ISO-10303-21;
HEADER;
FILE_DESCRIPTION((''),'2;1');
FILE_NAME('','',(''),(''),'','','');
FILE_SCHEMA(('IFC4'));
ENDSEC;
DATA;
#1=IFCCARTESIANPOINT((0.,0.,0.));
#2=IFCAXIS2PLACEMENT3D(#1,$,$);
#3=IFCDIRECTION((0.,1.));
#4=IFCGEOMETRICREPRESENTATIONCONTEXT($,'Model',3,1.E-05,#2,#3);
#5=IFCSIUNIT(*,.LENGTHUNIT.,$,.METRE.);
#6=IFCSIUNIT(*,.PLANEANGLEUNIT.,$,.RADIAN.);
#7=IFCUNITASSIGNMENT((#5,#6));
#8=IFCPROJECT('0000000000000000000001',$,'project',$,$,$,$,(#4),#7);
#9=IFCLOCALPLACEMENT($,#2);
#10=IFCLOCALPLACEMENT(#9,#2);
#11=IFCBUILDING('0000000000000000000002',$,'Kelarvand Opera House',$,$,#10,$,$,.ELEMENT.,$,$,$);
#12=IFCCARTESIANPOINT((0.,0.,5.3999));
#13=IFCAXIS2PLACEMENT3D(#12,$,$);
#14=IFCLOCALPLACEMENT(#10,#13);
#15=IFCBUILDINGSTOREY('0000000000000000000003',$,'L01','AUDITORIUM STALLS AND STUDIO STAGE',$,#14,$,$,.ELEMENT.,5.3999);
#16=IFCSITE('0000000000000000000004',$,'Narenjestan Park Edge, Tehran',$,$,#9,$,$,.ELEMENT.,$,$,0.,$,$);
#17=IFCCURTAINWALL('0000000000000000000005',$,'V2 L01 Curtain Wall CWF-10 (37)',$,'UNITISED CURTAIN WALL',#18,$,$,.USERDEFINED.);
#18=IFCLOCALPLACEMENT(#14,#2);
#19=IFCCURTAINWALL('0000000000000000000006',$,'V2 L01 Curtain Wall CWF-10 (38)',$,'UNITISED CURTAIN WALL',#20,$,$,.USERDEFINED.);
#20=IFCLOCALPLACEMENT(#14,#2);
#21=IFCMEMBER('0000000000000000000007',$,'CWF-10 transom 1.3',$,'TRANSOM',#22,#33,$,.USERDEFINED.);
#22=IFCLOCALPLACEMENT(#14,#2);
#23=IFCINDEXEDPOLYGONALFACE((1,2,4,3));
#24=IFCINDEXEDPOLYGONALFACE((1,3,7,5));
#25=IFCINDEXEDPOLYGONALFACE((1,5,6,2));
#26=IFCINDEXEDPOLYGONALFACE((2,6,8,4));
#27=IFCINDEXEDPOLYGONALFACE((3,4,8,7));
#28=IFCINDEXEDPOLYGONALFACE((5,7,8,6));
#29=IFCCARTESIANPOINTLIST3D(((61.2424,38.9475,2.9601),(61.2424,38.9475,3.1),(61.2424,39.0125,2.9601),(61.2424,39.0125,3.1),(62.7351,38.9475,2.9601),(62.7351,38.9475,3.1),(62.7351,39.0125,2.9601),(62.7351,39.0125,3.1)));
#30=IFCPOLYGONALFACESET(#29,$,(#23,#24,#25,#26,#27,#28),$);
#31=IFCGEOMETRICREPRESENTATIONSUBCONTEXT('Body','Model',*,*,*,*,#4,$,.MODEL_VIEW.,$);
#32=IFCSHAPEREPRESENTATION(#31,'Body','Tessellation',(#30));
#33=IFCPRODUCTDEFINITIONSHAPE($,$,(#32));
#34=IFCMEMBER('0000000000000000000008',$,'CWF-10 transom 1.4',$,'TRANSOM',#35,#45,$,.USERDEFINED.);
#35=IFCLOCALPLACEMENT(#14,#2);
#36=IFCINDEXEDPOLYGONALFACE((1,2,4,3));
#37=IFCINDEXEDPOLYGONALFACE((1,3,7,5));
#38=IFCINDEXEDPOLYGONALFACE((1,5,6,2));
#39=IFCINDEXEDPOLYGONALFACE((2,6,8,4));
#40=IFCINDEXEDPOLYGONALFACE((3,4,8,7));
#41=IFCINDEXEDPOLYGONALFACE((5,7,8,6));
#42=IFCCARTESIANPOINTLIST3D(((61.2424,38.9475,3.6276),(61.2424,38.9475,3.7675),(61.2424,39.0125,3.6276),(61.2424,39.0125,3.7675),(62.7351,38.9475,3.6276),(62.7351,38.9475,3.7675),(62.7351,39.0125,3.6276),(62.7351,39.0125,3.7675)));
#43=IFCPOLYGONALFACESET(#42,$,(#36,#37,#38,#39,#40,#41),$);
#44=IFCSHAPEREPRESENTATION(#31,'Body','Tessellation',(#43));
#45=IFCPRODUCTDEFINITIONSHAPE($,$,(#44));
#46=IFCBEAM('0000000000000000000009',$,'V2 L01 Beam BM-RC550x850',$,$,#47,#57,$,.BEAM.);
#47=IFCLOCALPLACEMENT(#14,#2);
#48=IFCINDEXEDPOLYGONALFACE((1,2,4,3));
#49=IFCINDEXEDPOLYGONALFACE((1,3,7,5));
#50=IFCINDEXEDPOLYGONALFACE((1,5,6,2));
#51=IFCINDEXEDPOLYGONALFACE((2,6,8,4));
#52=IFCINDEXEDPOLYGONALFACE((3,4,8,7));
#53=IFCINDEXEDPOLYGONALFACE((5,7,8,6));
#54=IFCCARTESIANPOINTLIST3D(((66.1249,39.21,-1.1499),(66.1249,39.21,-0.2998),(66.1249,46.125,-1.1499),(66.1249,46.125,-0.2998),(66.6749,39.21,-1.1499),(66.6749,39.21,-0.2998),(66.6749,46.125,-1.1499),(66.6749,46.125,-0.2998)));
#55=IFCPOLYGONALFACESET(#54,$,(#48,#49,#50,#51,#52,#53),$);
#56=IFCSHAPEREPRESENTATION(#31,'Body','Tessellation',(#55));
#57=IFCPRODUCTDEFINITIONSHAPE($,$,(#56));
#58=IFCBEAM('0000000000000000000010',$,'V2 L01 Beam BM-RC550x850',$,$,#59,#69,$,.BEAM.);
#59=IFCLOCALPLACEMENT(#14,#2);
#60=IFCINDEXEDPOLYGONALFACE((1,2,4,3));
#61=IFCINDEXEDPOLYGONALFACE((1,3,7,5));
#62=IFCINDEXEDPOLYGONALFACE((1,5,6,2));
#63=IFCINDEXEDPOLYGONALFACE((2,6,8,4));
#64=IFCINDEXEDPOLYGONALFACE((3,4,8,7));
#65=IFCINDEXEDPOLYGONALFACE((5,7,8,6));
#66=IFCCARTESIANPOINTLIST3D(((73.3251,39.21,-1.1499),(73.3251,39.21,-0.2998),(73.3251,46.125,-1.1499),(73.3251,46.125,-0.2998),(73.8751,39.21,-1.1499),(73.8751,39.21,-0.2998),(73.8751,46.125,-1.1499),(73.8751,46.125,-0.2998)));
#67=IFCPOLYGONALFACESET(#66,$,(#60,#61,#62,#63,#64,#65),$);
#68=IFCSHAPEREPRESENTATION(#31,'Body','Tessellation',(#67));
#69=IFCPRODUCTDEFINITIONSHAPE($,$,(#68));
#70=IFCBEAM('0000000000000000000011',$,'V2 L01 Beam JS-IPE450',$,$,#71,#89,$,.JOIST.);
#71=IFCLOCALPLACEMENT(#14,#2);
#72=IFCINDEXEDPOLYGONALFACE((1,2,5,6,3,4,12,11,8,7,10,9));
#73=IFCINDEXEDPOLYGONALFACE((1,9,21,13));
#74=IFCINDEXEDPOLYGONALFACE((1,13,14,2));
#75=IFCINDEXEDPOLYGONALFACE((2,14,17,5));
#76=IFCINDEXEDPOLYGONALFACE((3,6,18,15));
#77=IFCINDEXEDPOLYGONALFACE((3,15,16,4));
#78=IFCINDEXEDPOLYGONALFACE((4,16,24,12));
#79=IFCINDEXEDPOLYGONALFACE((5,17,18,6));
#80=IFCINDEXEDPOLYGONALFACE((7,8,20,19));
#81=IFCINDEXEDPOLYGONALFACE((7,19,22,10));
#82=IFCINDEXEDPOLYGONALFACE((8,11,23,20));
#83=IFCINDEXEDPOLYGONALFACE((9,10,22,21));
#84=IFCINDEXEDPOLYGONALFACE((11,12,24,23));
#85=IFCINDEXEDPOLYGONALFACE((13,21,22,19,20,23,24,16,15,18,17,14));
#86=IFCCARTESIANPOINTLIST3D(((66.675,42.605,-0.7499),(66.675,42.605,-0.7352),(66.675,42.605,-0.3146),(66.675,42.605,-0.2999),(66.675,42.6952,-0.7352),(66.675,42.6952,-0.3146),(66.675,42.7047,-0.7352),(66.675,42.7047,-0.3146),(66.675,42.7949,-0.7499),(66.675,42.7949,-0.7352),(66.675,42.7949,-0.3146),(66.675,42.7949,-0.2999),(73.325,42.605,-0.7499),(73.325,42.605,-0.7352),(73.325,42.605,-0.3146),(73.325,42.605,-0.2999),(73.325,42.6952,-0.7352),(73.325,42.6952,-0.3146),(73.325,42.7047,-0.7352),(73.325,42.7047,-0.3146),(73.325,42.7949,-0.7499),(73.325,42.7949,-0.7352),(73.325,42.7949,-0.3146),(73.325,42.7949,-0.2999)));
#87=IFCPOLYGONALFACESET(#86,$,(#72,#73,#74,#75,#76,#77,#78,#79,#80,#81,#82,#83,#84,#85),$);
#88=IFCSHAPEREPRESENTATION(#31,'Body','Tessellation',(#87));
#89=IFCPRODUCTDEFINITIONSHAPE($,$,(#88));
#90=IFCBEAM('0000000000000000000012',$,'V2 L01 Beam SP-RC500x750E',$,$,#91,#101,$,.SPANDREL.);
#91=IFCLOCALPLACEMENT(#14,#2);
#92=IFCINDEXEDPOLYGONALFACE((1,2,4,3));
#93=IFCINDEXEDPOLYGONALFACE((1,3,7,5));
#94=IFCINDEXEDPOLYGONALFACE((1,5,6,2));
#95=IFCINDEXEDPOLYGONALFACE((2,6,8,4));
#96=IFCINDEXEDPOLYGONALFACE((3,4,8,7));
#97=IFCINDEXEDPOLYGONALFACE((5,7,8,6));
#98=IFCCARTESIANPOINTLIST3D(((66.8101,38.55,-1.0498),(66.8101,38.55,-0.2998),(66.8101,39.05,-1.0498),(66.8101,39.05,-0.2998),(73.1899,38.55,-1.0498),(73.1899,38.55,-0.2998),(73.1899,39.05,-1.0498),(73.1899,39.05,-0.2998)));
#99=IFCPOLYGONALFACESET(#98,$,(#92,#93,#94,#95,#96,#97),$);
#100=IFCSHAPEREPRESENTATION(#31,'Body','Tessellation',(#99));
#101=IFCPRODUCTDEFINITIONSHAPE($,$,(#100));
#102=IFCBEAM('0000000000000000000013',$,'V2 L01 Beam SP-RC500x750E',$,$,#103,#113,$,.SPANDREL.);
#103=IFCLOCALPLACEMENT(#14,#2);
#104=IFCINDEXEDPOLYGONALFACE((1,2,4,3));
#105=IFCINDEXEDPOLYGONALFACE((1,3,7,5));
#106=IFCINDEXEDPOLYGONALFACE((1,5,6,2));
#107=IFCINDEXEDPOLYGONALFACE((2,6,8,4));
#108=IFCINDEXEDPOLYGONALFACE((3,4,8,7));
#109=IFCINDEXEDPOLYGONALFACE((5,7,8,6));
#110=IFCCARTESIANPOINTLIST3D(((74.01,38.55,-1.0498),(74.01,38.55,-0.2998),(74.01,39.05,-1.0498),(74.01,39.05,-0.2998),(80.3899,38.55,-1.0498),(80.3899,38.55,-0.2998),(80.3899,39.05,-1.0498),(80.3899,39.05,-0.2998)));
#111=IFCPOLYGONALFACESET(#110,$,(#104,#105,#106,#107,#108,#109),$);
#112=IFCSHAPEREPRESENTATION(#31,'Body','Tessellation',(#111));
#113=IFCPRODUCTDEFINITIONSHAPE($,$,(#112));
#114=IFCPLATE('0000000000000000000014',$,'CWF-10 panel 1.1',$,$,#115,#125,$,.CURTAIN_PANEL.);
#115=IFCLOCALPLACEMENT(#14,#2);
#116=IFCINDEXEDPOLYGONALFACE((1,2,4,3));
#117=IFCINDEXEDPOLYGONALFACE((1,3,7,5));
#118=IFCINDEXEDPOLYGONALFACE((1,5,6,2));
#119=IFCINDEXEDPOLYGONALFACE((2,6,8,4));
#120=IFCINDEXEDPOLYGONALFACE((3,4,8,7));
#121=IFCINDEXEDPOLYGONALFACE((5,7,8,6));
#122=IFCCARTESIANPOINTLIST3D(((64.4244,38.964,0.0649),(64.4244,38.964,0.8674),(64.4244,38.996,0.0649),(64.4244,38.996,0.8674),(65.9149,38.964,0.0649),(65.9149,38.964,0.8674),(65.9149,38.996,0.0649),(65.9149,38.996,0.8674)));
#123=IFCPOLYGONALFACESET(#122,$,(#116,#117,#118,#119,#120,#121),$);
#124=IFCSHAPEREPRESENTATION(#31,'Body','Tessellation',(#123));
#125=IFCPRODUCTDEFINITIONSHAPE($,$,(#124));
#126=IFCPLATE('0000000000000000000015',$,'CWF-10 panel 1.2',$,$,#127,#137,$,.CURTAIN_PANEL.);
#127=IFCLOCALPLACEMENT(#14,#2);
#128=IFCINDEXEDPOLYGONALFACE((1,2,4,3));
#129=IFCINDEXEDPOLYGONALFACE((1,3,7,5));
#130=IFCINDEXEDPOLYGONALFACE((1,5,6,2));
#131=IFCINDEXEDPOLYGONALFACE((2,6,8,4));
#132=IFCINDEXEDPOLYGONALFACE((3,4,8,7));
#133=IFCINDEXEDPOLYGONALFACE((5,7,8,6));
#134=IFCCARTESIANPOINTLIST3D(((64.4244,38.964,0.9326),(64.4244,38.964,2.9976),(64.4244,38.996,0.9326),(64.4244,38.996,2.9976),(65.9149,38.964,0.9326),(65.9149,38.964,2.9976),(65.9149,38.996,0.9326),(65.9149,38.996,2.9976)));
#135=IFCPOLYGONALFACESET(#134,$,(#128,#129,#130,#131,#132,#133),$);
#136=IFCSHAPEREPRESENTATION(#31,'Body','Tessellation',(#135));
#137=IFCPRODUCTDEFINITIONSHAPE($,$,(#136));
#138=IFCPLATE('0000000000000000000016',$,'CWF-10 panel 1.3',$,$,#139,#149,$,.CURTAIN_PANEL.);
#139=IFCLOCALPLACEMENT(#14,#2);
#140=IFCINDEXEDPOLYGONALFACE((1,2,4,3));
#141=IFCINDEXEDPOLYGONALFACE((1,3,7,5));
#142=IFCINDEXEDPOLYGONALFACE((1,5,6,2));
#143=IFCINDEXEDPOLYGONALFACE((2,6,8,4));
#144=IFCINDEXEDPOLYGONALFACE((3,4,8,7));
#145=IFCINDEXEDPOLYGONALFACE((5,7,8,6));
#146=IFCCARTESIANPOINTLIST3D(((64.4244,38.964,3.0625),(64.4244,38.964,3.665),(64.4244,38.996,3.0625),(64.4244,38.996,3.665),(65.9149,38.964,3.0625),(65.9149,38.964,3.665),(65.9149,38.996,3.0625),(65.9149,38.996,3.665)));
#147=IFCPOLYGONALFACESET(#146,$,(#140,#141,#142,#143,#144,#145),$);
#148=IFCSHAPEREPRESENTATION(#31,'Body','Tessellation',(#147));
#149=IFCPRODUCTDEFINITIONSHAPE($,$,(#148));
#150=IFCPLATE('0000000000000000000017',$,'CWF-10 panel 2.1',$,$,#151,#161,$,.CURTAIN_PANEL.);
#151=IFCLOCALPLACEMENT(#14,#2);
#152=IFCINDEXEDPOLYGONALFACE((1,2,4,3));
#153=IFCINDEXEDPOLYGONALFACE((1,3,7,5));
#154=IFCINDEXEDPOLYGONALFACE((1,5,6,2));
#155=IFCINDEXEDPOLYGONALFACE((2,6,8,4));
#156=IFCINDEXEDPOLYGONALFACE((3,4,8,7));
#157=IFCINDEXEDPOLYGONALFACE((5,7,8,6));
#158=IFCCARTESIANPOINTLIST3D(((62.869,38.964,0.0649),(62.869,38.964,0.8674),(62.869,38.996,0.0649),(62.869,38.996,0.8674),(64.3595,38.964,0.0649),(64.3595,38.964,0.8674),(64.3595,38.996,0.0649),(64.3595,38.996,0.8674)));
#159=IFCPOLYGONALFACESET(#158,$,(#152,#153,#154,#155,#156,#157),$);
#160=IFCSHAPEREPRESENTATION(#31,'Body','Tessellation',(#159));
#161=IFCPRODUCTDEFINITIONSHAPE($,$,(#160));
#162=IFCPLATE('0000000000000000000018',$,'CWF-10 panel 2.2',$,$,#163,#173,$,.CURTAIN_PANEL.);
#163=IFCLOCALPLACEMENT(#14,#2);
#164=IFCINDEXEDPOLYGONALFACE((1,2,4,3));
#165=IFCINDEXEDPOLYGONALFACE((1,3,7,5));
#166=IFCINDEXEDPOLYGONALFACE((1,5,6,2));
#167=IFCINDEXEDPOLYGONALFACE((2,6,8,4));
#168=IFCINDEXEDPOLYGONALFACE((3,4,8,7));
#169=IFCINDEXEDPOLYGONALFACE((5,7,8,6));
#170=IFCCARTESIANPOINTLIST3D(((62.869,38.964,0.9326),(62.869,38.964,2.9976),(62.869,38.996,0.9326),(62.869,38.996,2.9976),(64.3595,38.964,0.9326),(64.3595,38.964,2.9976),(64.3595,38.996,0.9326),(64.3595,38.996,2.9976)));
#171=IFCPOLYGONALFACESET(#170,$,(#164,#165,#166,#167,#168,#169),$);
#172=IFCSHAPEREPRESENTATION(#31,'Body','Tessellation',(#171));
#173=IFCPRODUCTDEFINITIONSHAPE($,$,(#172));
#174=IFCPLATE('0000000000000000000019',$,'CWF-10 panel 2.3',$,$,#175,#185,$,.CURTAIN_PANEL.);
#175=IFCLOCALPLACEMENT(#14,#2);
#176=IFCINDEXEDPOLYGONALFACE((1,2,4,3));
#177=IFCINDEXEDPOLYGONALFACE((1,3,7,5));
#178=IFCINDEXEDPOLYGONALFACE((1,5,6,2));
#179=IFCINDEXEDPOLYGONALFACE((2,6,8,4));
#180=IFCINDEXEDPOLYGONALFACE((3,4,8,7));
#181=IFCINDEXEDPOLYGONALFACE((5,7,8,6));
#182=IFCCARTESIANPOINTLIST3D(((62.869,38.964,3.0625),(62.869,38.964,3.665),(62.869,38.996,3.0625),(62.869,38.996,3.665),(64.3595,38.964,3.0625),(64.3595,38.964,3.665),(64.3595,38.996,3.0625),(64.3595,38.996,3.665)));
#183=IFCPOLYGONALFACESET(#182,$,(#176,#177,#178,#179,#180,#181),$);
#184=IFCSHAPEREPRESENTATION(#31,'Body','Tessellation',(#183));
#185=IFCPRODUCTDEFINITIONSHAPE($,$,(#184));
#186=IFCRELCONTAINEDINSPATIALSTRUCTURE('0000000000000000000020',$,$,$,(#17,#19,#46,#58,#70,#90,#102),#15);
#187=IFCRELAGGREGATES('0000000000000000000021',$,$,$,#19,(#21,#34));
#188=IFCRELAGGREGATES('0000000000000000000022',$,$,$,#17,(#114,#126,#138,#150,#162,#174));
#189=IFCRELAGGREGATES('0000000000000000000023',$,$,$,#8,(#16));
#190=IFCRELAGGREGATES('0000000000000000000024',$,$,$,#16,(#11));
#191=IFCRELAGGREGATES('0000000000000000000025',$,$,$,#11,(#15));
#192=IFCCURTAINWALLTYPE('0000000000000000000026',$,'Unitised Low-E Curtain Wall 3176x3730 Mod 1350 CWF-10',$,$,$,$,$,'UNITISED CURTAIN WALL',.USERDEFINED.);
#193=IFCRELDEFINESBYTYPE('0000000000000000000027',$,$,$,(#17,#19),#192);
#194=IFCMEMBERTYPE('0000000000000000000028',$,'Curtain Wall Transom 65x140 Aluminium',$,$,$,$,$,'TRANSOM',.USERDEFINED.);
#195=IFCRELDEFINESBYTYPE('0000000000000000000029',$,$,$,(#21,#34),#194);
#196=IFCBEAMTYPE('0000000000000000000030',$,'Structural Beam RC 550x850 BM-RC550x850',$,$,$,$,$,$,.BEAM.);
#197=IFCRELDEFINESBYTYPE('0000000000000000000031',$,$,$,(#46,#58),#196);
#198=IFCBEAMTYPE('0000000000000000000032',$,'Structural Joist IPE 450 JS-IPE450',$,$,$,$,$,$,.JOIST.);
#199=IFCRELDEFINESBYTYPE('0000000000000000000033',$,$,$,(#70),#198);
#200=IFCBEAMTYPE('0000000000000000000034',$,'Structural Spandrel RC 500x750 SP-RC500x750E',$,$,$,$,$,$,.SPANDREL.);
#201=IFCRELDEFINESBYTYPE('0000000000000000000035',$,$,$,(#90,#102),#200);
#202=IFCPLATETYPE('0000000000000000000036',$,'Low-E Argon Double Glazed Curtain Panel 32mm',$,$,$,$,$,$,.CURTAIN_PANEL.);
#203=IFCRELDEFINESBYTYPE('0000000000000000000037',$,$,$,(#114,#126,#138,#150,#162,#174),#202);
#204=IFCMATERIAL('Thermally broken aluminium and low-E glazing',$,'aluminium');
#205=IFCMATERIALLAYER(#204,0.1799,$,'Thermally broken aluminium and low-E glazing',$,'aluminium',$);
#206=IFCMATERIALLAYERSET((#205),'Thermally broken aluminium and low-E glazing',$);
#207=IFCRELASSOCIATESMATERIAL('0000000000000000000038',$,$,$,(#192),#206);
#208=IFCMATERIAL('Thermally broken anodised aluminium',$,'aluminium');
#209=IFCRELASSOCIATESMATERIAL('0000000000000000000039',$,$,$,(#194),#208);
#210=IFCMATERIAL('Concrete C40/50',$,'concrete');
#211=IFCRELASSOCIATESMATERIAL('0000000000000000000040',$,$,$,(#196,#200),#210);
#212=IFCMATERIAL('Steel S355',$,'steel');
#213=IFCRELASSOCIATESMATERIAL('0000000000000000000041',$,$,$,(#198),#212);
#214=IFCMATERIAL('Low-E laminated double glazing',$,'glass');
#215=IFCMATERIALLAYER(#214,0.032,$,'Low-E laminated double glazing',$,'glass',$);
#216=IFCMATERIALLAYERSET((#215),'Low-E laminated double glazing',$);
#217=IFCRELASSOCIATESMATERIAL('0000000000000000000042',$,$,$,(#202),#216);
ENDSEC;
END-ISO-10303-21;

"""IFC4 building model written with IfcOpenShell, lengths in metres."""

from ifc_helpers import new_model, si_unit, direction, frame, origin, origin_2d, place, context, subcontext, project, spatial, rectangle, i_section, extrude, material, layer, layer_set, material_profile, profile_set, type_object, element, aggregate, save


model = new_model("IFC4")

# Units and contexts
model_context = context("Model", 3, precision=1e-05, world=origin(), true_north=direction((0.0, 1.0)))
body_context = subcontext(model_context, "Body", "Model", "MODEL_VIEW")
ifc_project = project(units=[si_unit("LENGTHUNIT", "METRE"), si_unit("PLANEANGLEUNIT", "RADIAN")], contexts=[model_context])

# Site, building, storey
site_placement = place(None, origin())
site = spatial("IfcSite", under=ifc_project, at=site_placement, Name="Narenjestan Park Edge, Tehran", CompositionType="ELEMENT", RefElevation=0.0)
building_placement = place(site_placement, origin())
building = spatial("IfcBuilding", under=site, at=building_placement, Name="Kelarvand Opera House", CompositionType="ELEMENT")
storey_placement = place(building_placement, frame((0.0, 0.0, 5.3999)))
storey = spatial("IfcBuildingStorey", under=building, at=storey_placement, Name="L01", Description="AUDITORIUM STALLS AND STUDIO STAGE", CompositionType="ELEMENT", Elevation=5.3999)

# Shared definitions
ifc_material_1 = material(Name="Concrete C40/50", Category="concrete")

# Shared definitions
ifc_material_2 = material(Name="Thermally broken aluminium and low-E glazing", Category="aluminium")
ifc_layer_1 = layer(ifc_material_2, 0.1799, Name="Thermally broken aluminium and low-E glazing", Category="aluminium")
ifc_layer_set_1 = layer_set([ifc_layer_1], Name="Thermally broken aluminium and low-E glazing")
curtain_wall_type = type_object("IfcCurtainWallType", Name="Unitised Low-E Curtain Wall 3176x3730 Mod 1350 CWF-10", ElementType="UNITISED CURTAIN WALL", PredefinedType="USERDEFINED", material=ifc_layer_set_1)
ifc_material_3 = material(Name="Thermally broken anodised aluminium", Category="aluminium")

# Curtain wall
curtain_wall_1_placement = place(storey_placement, origin())
curtain_wall_1 = element("IfcCurtainWall", 1, at=curtain_wall_1_placement, inside=storey, type_object=curtain_wall_type, Name="V2 L01 Curtain Wall CWF-10 (37)", ObjectType="UNITISED CURTAIN WALL", PredefinedType="USERDEFINED")

# Curtain wall
curtain_wall_2_placement = place(storey_placement, origin())
curtain_wall_2 = element("IfcCurtainWall", 2, at=curtain_wall_2_placement, inside=storey, type_object=curtain_wall_type, Name="V2 L01 Curtain Wall CWF-10 (38)", ObjectType="UNITISED CURTAIN WALL", PredefinedType="USERDEFINED")

# Members
ifc_material_profile_1 = material_profile(ifc_material_3, rectangle(XDim=0.0649, YDim=0.1399, at=origin_2d()), Name="ALU TRANSOM 65x140", Category="aluminium")
ifc_profile_set_1 = profile_set([ifc_material_profile_1], Name="Thermally broken anodised aluminium")
member_type_1 = type_object("IfcMemberType", Name="Curtain Wall Transom 65x140 Aluminium", ElementType="TRANSOM", PredefinedType="USERDEFINED", material=ifc_profile_set_1)
member_1_placement = place(storey_placement, frame((62.7351, 38.98, 3.03), z_axis=(-1.0, 0.0, 0.0), x_axis=(0.0, -1.0, 0.0)))
member_1 = element("IfcMember", 3, at=member_1_placement, type_object=member_type_1, Name="CWF-10 transom 1.3", ObjectType="TRANSOM", PredefinedType="USERDEFINED", context=body_context, shape_type="SweptSolid", body=[
    extrude(rectangle(XDim=0.0649, YDim=0.1399, at=origin_2d()), origin(), (0.0, 0.0, 1.0), 1.4927),
])
member_2_placement = place(storey_placement, frame((62.7351, 38.98, 3.6975), z_axis=(-1.0, 0.0, 0.0), x_axis=(0.0, -1.0, 0.0)))
member_2 = element("IfcMember", 4, at=member_2_placement, type_object=member_type_1, Name="CWF-10 transom 1.4", ObjectType="TRANSOM", PredefinedType="USERDEFINED", context=body_context, shape_type="SweptSolid", body=[
    extrude(rectangle(XDim=0.0649, YDim=0.1399, at=origin_2d()), origin(), (0.0, 0.0, 1.0), 1.4927),
])
aggregate(curtain_wall_2, [member_1, member_2])

# Beams
ifc_material_profile_2 = material_profile(ifc_material_1, rectangle(XDim=0.55, YDim=0.8501, at=origin_2d()), Name="RC 550x850", Category="concrete")
ifc_profile_set_2 = profile_set([ifc_material_profile_2], Name="Concrete C40/50")
beam_type_1 = type_object("IfcBeamType", Name="Structural Beam RC 550x850 BM-RC550x850", PredefinedType="BEAM", material=ifc_profile_set_2)
for number, where, z_axis, x_axis, name in (
    (5, (66.3999, 39.21, -0.7249), (0.0, 1.0, 0.0), (-1.0, 0.0, 0.0), "V2 L01 Beam BM-RC550x850"),
    (6, (73.6001, 39.21, -0.7249), (0.0, 1.0, 0.0), (-1.0, 0.0, 0.0), "V2 L01 Beam BM-RC550x850"),
):
    element("IfcBeam", number, at=place(storey_placement, frame(where, z_axis=z_axis, x_axis=x_axis)), inside=storey, type_object=beam_type_1, Name=name, PredefinedType="BEAM", context=body_context, shape_type="SweptSolid", body=[
        extrude(rectangle(XDim=0.55, YDim=0.8501, at=origin_2d()), origin(), (0.0, 0.0, 1.0), 6.915),
    ])
ifc_material_4 = material(Name="Steel S355", Category="steel")
ifc_material_profile_3 = material_profile(ifc_material_4, i_section(OverallWidth=0.1899, OverallDepth=0.45, WebThickness=0.0095, FlangeThickness=0.0146, at=origin_2d()), Name="IPE 450", Category="steel")
ifc_profile_set_3 = profile_set([ifc_material_profile_3], Name="Steel S355")
beam_type_2 = type_object("IfcBeamType", Name="Structural Joist IPE 450 JS-IPE450", PredefinedType="JOIST", material=ifc_profile_set_3)
beam_placement = place(storey_placement, frame((66.675, 42.7, -0.5249), z_axis=(1.0, 0.0, 0.0), x_axis=(0.0, 1.0, 0.0)))
element("IfcBeam", 7, at=beam_placement, inside=storey, type_object=beam_type_2, Name="V2 L01 Beam JS-IPE450", PredefinedType="JOIST", context=body_context, shape_type="SweptSolid", body=[
    extrude(i_section(OverallWidth=0.1899, OverallDepth=0.45, WebThickness=0.0095, FlangeThickness=0.0146, at=origin_2d()), origin(), (0.0, 0.0, 1.0), 6.6499),
])
ifc_material_profile_4 = material_profile(ifc_material_1, rectangle(XDim=0.5, YDim=0.75, at=origin_2d()), Name="RC 500x750", Category="concrete")
ifc_profile_set_4 = profile_set([ifc_material_profile_4], Name="Concrete C40/50")
beam_type_3 = type_object("IfcBeamType", Name="Structural Spandrel RC 500x750 SP-RC500x750E", PredefinedType="SPANDREL", material=ifc_profile_set_4)
for number, where, z_axis, x_axis, name in (
    (8, (66.8101, 38.8, -0.6748), (1.0, 0.0, 0.0), (0.0, 1.0, 0.0), "V2 L01 Beam SP-RC500x750E"),
    (9, (74.01, 38.8, -0.6748), (1.0, 0.0, 0.0), (0.0, 1.0, 0.0), "V2 L01 Beam SP-RC500x750E"),
):
    element("IfcBeam", number, at=place(storey_placement, frame(where, z_axis=z_axis, x_axis=x_axis)), inside=storey, type_object=beam_type_3, Name=name, PredefinedType="SPANDREL", context=body_context, shape_type="SweptSolid", body=[
        extrude(rectangle(XDim=0.5, YDim=0.75, at=origin_2d()), origin(), (0.0, 0.0, 1.0), 6.3799),
    ])

# Plates
ifc_material_5 = material(Name="Low-E laminated double glazing", Category="glass")
ifc_layer_2 = layer(ifc_material_5, 0.032, Name="Low-E laminated double glazing", Category="glass")
ifc_layer_set_2 = layer_set([ifc_layer_2], Name="Low-E laminated double glazing")
plate_type = type_object("IfcPlateType", Name="Low-E Argon Double Glazed Curtain Panel 32mm", PredefinedType="CURTAIN_PANEL", material=ifc_layer_set_2)
plate_1_placement = place(storey_placement, frame((65.1697, 38.98, 0.0649), z_axis=(0.0, 0.0, 1.0), x_axis=(-1.0, 0.0, 0.0)))
plate_1 = element("IfcPlate", 10, at=plate_1_placement, type_object=plate_type, Name="CWF-10 panel 1.1", PredefinedType="CURTAIN_PANEL", context=body_context, shape_type="SweptSolid", body=[
    extrude(rectangle(XDim=1.4905, YDim=0.032, at=origin_2d()), origin(), (0.0, 0.0, 1.0), 0.8025),
])
plate_2_placement = place(storey_placement, frame((65.1697, 38.98, 0.9326), z_axis=(0.0, 0.0, 1.0), x_axis=(-1.0, 0.0, 0.0)))
plate_2 = element("IfcPlate", 11, at=plate_2_placement, type_object=plate_type, Name="CWF-10 panel 1.2", PredefinedType="CURTAIN_PANEL", context=body_context, shape_type="SweptSolid", body=[
    extrude(rectangle(XDim=1.4905, YDim=0.032, at=origin_2d()), origin(), (0.0, 0.0, 1.0), 2.0649),
])
plate_3_placement = place(storey_placement, frame((65.1697, 38.98, 3.0625), z_axis=(0.0, 0.0, 1.0), x_axis=(-1.0, 0.0, 0.0)))
plate_3 = element("IfcPlate", 12, at=plate_3_placement, type_object=plate_type, Name="CWF-10 panel 1.3", PredefinedType="CURTAIN_PANEL", context=body_context, shape_type="SweptSolid", body=[
    extrude(rectangle(XDim=1.4905, YDim=0.032, at=origin_2d()), origin(), (0.0, 0.0, 1.0), 0.6025),
])
plate_4_placement = place(storey_placement, frame((63.6143, 38.98, 0.0649), z_axis=(0.0, 0.0, 1.0), x_axis=(-1.0, 0.0, 0.0)))
plate_4 = element("IfcPlate", 13, at=plate_4_placement, type_object=plate_type, Name="CWF-10 panel 2.1", PredefinedType="CURTAIN_PANEL", context=body_context, shape_type="SweptSolid", body=[
    extrude(rectangle(XDim=1.4905, YDim=0.032, at=origin_2d()), origin(), (0.0, 0.0, 1.0), 0.8025),
])
plate_5_placement = place(storey_placement, frame((63.6143, 38.98, 0.9326), z_axis=(0.0, 0.0, 1.0), x_axis=(-1.0, 0.0, 0.0)))
plate_5 = element("IfcPlate", 14, at=plate_5_placement, type_object=plate_type, Name="CWF-10 panel 2.2", PredefinedType="CURTAIN_PANEL", context=body_context, shape_type="SweptSolid", body=[
    extrude(rectangle(XDim=1.4905, YDim=0.032, at=origin_2d()), origin(), (0.0, 0.0, 1.0), 2.0649),
])
plate_6_placement = place(storey_placement, frame((63.6143, 38.98, 3.0625), z_axis=(0.0, 0.0, 1.0), x_axis=(-1.0, 0.0, 0.0)))
plate_6 = element("IfcPlate", 15, at=plate_6_placement, type_object=plate_type, Name="CWF-10 panel 2.3", PredefinedType="CURTAIN_PANEL", context=body_context, shape_type="SweptSolid", body=[
    extrude(rectangle(XDim=1.4905, YDim=0.032, at=origin_2d()), origin(), (0.0, 0.0, 1.0), 0.6025),
])
aggregate(curtain_wall_1, [plate_1, plate_2, plate_3, plate_4, plate_5, plate_6])

save(model, "model.ifc")
